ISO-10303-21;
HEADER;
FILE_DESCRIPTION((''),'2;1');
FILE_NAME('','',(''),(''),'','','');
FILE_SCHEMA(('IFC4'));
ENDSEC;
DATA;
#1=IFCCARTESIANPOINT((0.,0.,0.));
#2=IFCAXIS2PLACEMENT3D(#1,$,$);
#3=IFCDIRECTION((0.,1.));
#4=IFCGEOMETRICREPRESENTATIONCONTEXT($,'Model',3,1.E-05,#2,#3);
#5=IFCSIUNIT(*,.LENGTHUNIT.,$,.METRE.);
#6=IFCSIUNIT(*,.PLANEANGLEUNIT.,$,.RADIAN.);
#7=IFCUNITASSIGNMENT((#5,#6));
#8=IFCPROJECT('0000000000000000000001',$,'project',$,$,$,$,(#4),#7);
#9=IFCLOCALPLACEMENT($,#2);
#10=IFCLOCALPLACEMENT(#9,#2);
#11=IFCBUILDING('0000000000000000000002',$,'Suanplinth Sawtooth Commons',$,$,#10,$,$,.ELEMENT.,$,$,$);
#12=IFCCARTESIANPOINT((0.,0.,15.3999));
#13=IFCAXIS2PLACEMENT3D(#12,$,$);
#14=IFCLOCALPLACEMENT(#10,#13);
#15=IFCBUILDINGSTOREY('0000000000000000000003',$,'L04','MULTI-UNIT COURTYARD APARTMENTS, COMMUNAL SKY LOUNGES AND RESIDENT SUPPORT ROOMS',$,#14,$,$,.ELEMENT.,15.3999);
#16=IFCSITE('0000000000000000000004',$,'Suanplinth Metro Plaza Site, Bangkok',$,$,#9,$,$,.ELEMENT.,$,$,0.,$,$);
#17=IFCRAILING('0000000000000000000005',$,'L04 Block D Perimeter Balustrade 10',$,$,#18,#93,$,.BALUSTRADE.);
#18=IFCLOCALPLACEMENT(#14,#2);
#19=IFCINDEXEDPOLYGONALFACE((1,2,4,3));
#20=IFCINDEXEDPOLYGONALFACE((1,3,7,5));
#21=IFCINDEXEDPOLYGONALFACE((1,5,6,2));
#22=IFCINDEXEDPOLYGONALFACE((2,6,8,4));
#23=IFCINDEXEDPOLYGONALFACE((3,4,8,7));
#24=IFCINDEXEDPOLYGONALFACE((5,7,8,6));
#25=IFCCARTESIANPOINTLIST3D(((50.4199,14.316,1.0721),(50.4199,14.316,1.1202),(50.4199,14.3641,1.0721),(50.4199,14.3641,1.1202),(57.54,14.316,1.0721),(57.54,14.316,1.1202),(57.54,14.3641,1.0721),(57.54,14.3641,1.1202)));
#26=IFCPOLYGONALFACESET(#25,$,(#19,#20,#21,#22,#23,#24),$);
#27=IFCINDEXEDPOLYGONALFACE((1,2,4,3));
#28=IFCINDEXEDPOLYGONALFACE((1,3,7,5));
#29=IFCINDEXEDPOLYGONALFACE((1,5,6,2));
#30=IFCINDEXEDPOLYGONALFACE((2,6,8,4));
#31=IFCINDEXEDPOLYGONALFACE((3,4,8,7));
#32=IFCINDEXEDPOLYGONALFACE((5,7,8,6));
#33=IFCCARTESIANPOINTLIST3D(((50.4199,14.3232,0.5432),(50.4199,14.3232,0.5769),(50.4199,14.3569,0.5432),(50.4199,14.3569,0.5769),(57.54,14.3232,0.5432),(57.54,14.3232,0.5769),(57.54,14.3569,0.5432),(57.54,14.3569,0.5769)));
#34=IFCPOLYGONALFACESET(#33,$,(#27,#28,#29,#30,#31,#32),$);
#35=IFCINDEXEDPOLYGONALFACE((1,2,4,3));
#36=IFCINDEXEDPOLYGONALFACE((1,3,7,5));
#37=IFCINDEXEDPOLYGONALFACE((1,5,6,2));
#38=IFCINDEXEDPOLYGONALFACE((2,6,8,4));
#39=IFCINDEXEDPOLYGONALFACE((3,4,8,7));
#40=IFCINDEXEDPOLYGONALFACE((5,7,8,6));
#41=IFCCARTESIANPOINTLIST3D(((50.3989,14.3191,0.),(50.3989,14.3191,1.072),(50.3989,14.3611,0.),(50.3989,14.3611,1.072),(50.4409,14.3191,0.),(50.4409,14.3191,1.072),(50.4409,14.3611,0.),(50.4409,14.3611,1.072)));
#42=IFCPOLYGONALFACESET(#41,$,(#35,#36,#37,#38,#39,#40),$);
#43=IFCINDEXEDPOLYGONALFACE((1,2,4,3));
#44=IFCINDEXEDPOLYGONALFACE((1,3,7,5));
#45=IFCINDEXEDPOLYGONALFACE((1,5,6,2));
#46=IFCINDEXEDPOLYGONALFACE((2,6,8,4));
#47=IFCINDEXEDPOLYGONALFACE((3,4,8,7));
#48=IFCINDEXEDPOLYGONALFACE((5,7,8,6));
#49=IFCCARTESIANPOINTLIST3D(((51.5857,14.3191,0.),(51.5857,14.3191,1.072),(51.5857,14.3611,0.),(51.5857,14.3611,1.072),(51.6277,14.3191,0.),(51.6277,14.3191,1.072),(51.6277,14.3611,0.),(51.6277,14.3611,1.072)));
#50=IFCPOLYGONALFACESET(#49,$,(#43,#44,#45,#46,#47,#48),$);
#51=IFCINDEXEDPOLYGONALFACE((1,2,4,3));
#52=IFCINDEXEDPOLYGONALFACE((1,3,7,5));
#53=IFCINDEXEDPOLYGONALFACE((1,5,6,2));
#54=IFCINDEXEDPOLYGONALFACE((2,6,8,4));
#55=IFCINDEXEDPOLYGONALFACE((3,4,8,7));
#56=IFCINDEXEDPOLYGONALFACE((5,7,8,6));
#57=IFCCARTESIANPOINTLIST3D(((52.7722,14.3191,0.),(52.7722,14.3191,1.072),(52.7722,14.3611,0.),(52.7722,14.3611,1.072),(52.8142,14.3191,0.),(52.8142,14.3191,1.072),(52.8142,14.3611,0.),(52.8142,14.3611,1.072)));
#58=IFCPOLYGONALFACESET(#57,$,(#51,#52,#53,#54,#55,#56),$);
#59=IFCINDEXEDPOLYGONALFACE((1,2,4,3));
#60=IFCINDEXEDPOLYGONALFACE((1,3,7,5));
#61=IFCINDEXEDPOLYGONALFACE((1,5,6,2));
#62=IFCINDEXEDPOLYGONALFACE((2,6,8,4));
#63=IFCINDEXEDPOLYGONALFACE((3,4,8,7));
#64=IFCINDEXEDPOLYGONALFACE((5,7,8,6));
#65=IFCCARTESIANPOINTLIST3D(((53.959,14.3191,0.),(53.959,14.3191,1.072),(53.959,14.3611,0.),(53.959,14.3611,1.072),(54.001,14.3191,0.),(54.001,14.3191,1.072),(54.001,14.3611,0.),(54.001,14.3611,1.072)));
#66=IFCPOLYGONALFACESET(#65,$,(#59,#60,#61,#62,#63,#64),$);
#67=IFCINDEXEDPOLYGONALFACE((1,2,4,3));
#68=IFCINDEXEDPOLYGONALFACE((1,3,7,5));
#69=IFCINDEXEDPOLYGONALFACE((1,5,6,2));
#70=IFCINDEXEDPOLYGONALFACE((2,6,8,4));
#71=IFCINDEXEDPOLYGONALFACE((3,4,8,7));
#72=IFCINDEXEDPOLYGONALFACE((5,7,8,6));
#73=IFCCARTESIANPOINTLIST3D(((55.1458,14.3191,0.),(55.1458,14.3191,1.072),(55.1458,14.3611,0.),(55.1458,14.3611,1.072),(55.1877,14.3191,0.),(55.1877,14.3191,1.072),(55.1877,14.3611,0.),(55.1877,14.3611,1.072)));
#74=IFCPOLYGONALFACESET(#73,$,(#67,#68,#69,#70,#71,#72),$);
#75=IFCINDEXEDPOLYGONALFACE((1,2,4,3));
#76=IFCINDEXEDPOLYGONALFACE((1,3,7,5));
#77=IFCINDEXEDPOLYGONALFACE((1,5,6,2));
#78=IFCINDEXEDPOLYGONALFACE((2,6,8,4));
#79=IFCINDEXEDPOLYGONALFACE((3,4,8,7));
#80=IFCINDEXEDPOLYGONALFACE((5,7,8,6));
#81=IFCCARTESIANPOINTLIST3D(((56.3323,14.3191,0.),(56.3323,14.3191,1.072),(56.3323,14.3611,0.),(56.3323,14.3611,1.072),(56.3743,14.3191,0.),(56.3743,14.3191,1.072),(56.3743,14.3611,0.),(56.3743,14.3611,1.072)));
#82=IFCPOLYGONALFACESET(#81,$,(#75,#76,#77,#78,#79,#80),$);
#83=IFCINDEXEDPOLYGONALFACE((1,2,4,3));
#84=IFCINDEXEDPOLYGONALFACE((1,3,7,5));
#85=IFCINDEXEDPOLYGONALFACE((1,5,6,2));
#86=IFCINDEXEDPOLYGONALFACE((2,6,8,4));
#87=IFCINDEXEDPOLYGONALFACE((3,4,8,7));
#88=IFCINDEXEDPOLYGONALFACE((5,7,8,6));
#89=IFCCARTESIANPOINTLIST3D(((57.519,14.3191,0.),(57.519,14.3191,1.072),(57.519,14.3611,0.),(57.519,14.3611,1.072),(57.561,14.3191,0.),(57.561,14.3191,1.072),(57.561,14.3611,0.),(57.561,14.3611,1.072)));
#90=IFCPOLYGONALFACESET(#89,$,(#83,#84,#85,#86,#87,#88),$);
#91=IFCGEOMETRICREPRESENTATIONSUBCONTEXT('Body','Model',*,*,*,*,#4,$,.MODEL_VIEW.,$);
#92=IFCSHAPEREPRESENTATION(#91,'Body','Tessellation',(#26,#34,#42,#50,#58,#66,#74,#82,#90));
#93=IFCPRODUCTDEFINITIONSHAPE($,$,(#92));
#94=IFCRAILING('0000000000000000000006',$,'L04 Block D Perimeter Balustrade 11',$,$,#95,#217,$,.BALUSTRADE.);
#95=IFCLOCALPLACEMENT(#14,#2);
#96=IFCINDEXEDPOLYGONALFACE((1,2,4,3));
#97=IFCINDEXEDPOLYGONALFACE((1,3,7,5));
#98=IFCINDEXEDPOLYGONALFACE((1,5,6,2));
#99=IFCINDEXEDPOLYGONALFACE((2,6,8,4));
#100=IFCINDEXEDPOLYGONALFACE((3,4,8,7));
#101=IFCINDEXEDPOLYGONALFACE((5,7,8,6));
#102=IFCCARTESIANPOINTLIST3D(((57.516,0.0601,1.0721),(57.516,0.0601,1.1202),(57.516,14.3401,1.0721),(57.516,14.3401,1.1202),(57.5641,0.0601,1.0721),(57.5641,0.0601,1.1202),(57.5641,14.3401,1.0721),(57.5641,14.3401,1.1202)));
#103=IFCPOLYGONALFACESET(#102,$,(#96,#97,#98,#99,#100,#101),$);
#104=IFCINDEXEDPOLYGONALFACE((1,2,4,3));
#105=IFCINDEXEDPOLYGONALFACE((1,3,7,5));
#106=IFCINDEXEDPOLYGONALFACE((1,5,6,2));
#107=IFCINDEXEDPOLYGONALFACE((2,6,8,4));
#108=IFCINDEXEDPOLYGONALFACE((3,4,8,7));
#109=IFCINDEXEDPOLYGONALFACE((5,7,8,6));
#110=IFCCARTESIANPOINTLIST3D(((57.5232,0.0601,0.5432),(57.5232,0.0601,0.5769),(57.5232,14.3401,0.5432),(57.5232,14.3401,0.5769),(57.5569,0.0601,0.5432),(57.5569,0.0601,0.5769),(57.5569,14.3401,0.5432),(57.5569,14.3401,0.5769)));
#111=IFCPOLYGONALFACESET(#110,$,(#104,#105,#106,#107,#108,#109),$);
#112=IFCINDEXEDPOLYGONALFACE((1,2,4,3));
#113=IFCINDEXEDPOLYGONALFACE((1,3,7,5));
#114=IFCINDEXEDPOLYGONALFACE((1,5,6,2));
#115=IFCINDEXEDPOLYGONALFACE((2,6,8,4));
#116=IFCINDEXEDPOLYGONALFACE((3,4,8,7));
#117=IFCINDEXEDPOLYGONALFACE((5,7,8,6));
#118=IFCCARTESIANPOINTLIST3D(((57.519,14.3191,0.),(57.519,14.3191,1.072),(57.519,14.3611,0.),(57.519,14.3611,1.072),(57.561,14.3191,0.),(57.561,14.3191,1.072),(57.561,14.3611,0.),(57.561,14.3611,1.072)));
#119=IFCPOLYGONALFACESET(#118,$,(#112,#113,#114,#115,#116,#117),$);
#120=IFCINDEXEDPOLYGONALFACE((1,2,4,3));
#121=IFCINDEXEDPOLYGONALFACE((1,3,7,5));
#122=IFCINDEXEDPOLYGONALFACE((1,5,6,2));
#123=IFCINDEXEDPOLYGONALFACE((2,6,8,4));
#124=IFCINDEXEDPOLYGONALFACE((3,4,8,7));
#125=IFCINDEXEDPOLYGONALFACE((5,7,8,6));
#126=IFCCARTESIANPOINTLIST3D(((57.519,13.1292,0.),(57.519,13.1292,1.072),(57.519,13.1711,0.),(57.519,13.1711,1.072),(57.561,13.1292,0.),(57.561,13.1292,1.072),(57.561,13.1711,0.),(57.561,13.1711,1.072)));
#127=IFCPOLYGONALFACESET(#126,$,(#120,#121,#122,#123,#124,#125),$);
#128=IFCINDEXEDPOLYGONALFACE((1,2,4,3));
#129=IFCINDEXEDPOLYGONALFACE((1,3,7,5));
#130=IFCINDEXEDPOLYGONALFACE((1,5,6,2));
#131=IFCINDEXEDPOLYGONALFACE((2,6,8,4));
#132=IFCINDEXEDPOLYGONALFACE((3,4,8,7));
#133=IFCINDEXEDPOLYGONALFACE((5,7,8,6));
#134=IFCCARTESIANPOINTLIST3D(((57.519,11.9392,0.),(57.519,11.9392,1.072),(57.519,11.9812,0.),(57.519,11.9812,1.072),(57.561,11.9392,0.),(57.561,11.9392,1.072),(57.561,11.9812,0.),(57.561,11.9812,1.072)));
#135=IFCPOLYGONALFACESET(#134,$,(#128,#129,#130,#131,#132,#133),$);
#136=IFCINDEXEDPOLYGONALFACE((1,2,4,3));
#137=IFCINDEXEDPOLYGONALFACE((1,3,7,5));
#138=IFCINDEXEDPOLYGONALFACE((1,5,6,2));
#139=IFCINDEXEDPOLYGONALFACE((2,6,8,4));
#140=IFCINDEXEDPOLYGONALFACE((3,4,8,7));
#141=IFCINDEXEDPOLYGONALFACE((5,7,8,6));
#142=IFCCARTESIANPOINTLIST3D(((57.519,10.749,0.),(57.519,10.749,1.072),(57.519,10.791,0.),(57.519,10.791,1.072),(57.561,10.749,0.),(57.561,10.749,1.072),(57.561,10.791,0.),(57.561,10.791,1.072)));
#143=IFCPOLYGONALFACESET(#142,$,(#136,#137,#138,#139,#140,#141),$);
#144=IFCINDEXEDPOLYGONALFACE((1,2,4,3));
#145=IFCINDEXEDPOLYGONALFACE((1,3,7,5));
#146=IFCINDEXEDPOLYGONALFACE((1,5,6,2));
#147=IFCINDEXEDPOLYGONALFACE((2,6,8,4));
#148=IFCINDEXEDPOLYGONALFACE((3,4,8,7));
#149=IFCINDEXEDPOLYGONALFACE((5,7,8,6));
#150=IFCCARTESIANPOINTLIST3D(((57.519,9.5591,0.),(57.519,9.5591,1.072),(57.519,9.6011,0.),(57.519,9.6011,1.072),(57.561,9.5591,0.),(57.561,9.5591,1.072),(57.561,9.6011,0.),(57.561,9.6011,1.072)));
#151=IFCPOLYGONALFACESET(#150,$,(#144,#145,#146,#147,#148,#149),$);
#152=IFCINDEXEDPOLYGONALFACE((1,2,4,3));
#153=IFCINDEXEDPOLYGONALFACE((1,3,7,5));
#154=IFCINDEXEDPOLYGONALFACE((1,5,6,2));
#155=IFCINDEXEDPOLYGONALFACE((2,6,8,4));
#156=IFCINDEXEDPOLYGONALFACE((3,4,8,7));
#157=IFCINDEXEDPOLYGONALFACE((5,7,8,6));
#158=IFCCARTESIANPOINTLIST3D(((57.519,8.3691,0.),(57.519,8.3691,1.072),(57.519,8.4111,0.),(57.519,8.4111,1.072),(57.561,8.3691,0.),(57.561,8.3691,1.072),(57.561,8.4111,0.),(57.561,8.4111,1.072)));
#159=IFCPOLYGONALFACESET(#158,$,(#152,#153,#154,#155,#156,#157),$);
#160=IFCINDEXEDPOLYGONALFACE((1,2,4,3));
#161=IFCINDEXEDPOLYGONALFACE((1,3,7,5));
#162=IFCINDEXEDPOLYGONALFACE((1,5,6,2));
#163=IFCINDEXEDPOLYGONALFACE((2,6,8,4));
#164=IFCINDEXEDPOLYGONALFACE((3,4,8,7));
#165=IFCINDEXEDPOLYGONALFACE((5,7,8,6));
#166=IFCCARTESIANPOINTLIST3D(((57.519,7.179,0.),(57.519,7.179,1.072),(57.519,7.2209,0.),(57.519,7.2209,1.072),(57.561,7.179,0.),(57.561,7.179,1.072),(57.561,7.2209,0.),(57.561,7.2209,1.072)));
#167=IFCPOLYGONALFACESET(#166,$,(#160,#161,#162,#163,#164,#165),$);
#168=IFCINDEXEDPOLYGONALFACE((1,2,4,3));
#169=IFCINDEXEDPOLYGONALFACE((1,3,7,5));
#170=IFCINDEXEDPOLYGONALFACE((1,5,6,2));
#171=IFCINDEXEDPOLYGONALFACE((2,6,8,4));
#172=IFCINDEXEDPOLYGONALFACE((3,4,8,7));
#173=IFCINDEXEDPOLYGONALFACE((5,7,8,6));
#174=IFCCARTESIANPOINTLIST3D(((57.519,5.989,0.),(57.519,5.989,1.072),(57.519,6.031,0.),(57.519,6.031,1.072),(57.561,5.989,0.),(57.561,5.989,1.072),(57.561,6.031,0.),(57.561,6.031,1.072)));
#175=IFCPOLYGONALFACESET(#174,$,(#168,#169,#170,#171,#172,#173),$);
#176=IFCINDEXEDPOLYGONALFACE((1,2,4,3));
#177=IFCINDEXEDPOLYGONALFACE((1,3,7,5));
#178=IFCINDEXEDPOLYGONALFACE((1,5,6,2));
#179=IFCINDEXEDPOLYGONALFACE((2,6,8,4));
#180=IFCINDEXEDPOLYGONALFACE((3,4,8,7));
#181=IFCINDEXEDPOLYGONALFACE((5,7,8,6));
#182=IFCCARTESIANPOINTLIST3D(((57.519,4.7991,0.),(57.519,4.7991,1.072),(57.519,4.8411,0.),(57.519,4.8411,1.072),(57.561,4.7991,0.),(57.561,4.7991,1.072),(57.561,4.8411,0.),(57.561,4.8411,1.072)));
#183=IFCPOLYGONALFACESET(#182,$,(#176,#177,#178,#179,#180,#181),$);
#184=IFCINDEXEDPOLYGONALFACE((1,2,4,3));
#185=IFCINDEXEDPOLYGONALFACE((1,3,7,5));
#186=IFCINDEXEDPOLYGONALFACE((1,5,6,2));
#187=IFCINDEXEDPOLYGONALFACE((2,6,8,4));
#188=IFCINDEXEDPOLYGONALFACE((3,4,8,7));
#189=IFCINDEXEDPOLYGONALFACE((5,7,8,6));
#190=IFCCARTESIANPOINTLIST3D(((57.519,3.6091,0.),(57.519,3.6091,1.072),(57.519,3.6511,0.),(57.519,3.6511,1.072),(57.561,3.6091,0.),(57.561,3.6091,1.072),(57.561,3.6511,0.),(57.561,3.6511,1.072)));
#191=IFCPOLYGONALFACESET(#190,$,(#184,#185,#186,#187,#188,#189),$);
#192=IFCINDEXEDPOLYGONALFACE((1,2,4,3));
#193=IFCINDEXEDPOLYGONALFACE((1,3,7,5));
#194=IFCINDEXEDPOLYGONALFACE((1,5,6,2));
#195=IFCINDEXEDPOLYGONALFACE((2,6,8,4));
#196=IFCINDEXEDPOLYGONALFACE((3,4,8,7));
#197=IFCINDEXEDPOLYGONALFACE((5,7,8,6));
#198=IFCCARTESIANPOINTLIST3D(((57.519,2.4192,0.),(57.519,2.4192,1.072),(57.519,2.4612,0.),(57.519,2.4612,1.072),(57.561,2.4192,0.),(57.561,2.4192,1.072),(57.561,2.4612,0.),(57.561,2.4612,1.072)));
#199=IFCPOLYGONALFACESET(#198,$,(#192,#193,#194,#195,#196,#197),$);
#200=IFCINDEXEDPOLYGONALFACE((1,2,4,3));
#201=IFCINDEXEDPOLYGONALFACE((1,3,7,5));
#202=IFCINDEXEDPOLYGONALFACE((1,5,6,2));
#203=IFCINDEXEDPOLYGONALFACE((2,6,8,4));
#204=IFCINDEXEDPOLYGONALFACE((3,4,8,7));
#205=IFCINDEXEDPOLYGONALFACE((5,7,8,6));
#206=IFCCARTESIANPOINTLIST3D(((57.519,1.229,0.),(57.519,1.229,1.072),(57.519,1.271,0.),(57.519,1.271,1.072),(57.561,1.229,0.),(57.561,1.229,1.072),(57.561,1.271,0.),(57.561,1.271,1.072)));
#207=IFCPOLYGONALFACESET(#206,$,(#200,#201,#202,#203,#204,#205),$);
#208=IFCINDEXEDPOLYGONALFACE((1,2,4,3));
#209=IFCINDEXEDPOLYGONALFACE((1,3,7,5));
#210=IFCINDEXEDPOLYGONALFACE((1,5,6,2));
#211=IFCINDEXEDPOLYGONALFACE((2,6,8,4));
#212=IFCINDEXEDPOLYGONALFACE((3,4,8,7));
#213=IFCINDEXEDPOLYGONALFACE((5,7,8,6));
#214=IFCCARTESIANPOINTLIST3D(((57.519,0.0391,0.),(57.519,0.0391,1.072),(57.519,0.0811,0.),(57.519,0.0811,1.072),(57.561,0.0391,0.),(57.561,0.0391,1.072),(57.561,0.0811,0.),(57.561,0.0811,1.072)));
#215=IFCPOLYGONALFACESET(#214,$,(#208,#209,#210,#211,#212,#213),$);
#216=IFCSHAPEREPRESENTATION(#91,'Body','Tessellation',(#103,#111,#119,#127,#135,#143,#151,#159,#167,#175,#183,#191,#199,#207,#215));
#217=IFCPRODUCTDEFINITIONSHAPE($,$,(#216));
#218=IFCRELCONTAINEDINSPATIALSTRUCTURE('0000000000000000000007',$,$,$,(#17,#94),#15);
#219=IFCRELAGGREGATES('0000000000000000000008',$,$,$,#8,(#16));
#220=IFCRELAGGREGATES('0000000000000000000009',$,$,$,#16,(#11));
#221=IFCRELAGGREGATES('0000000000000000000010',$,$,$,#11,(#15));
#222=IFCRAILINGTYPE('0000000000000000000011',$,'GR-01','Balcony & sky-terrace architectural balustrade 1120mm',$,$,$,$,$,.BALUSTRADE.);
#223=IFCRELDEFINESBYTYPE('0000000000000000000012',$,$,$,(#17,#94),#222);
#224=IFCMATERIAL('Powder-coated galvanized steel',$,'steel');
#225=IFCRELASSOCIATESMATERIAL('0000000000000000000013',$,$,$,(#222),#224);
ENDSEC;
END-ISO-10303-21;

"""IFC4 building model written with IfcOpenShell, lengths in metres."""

from ifc_helpers import new_model, si_unit, direction, frame, origin, origin_2d, place, context, subcontext, project, spatial, rectangle, extrude, material, type_object, element, save


model = new_model("IFC4")

# Units and contexts
model_context = context("Model", 3, precision=1e-05, world=origin(), true_north=direction((0.0, 1.0)))
body_context = subcontext(model_context, "Body", "Model", "MODEL_VIEW")
ifc_project = project(units=[si_unit("LENGTHUNIT", "METRE"), si_unit("PLANEANGLEUNIT", "RADIAN")], contexts=[model_context])

# Site, building, storey
site_placement = place(None, origin())
site = spatial("IfcSite", under=ifc_project, at=site_placement, Name="Suanplinth Metro Plaza Site, Bangkok", CompositionType="ELEMENT", RefElevation=0.0)
building_placement = place(site_placement, origin())
building = spatial("IfcBuilding", under=site, at=building_placement, Name="Suanplinth Sawtooth Commons", CompositionType="ELEMENT")
storey_placement = place(building_placement, frame((0.0, 0.0, 15.3999)))
storey = spatial("IfcBuildingStorey", under=building, at=storey_placement, Name="L04", Description="MULTI-UNIT COURTYARD APARTMENTS, COMMUNAL SKY LOUNGES AND RESIDENT SUPPORT ROOMS", CompositionType="ELEMENT", Elevation=15.3999)

# Railings
ifc_material_1 = material(Name="Powder-coated galvanized steel", Category="steel")
railing_type_1 = type_object("IfcRailingType", Name="GR-01", Description="Balcony & sky-terrace architectural balustrade 1120mm", PredefinedType="BALUSTRADE", material=ifc_material_1)
railing_1_placement = place(storey_placement, frame((50.4199, 14.3401, 0.0)))
element("IfcRailing", 1, at=railing_1_placement, inside=storey, type_object=railing_type_1, Name="L04 Block D Perimeter Balustrade 10", PredefinedType="BALUSTRADE", context=body_context, shape_type="SweptSolid", body=[
    extrude(rectangle(XDim=0.0481, YDim=0.0481, at=origin_2d()), frame((0.0, 0.0, 1.0962), z_axis=(1.0, 0.0, 0.0), x_axis=(0.0, 1.0, 0.0)), (0.0, 0.0, 1.0), 7.1201),
    extrude(rectangle(XDim=0.0337, YDim=0.0337, at=origin_2d()), frame((0.0, 0.0, 0.5601), z_axis=(1.0, 0.0, 0.0), x_axis=(0.0, 1.0, 0.0)), (0.0, 0.0, 1.0), 7.1201),
    extrude(rectangle(XDim=0.042, YDim=0.042, at=origin_2d()), origin(), (0.0, 0.0, 1.0), 1.072),
    extrude(rectangle(XDim=0.042, YDim=0.042, at=origin_2d()), frame((1.1868, 0.0, 0.0)), (0.0, 0.0, 1.0), 1.072),
    extrude(rectangle(XDim=0.042, YDim=0.042, at=origin_2d()), frame((2.3733, 0.0, 0.0)), (0.0, 0.0, 1.0), 1.072),
    extrude(rectangle(XDim=0.042, YDim=0.042, at=origin_2d()), frame((3.5601, 0.0, 0.0)), (0.0, 0.0, 1.0), 1.072),
    extrude(rectangle(XDim=0.042, YDim=0.042, at=origin_2d()), frame((4.7468, 0.0, 0.0)), (0.0, 0.0, 1.0), 1.072),
    extrude(rectangle(XDim=0.042, YDim=0.042, at=origin_2d()), frame((5.9333, 0.0, 0.0)), (0.0, 0.0, 1.0), 1.072),
    extrude(rectangle(XDim=0.042, YDim=0.042, at=origin_2d()), frame((7.1201, 0.0, 0.0)), (0.0, 0.0, 1.0), 1.072),
])
railing_2_placement = place(storey_placement, frame((57.54, 14.3401, 0.0)))
element("IfcRailing", 2, at=railing_2_placement, inside=storey, type_object=railing_type_1, Name="L04 Block D Perimeter Balustrade 11", PredefinedType="BALUSTRADE", context=body_context, shape_type="SweptSolid", body=[
    extrude(rectangle(XDim=0.0481, YDim=0.0481, at=origin_2d()), frame((0.0, 0.0, 1.0962), z_axis=(0.0, -1.0, 0.0), x_axis=(1.0, 0.0, 0.0)), (0.0, 0.0, 1.0), 14.28),
    extrude(rectangle(XDim=0.0337, YDim=0.0337, at=origin_2d()), frame((0.0, 0.0, 0.5601), z_axis=(0.0, -1.0, 0.0), x_axis=(1.0, 0.0, 0.0)), (0.0, 0.0, 1.0), 14.28),
    extrude(rectangle(XDim=0.042, YDim=0.042, at=origin_2d()), origin(), (0.0, 0.0, 1.0), 1.072),
    extrude(rectangle(XDim=0.042, YDim=0.042, at=origin_2d()), frame((0.0, -1.1899, 0.0)), (0.0, 0.0, 1.0), 1.072),
    extrude(rectangle(XDim=0.042, YDim=0.042, at=origin_2d()), frame((0.0, -2.3799, 0.0)), (0.0, 0.0, 1.0), 1.072),
    extrude(rectangle(XDim=0.042, YDim=0.042, at=origin_2d()), frame((0.0, -3.5701, 0.0)), (0.0, 0.0, 1.0), 1.072),
    extrude(rectangle(XDim=0.042, YDim=0.042, at=origin_2d()), frame((0.0, -4.76, 0.0)), (0.0, 0.0, 1.0), 1.072),
    extrude(rectangle(XDim=0.042, YDim=0.042, at=origin_2d()), frame((0.0, -5.95, 0.0)), (0.0, 0.0, 1.0), 1.072),
    extrude(rectangle(XDim=0.042, YDim=0.042, at=origin_2d()), frame((0.0, -7.1401, 0.0)), (0.0, 0.0, 1.0), 1.072),
    extrude(rectangle(XDim=0.042, YDim=0.042, at=origin_2d()), frame((0.0, -8.3301, 0.0)), (0.0, 0.0, 1.0), 1.072),
    extrude(rectangle(XDim=0.042, YDim=0.042, at=origin_2d()), frame((0.0, -9.52, 0.0)), (0.0, 0.0, 1.0), 1.072),
    extrude(rectangle(XDim=0.042, YDim=0.042, at=origin_2d()), frame((0.0, -10.71, 0.0)), (0.0, 0.0, 1.0), 1.072),
    extrude(rectangle(XDim=0.042, YDim=0.042, at=origin_2d()), frame((0.0, -11.8999, 0.0)), (0.0, 0.0, 1.0), 1.072),
    extrude(rectangle(XDim=0.042, YDim=0.042, at=origin_2d()), frame((0.0, -13.0901, 0.0)), (0.0, 0.0, 1.0), 1.072),
    extrude(rectangle(XDim=0.042, YDim=0.042, at=origin_2d()), frame((0.0, -14.28, 0.0)), (0.0, 0.0, 1.0), 1.072),
])

save(model, "model.ifc")
